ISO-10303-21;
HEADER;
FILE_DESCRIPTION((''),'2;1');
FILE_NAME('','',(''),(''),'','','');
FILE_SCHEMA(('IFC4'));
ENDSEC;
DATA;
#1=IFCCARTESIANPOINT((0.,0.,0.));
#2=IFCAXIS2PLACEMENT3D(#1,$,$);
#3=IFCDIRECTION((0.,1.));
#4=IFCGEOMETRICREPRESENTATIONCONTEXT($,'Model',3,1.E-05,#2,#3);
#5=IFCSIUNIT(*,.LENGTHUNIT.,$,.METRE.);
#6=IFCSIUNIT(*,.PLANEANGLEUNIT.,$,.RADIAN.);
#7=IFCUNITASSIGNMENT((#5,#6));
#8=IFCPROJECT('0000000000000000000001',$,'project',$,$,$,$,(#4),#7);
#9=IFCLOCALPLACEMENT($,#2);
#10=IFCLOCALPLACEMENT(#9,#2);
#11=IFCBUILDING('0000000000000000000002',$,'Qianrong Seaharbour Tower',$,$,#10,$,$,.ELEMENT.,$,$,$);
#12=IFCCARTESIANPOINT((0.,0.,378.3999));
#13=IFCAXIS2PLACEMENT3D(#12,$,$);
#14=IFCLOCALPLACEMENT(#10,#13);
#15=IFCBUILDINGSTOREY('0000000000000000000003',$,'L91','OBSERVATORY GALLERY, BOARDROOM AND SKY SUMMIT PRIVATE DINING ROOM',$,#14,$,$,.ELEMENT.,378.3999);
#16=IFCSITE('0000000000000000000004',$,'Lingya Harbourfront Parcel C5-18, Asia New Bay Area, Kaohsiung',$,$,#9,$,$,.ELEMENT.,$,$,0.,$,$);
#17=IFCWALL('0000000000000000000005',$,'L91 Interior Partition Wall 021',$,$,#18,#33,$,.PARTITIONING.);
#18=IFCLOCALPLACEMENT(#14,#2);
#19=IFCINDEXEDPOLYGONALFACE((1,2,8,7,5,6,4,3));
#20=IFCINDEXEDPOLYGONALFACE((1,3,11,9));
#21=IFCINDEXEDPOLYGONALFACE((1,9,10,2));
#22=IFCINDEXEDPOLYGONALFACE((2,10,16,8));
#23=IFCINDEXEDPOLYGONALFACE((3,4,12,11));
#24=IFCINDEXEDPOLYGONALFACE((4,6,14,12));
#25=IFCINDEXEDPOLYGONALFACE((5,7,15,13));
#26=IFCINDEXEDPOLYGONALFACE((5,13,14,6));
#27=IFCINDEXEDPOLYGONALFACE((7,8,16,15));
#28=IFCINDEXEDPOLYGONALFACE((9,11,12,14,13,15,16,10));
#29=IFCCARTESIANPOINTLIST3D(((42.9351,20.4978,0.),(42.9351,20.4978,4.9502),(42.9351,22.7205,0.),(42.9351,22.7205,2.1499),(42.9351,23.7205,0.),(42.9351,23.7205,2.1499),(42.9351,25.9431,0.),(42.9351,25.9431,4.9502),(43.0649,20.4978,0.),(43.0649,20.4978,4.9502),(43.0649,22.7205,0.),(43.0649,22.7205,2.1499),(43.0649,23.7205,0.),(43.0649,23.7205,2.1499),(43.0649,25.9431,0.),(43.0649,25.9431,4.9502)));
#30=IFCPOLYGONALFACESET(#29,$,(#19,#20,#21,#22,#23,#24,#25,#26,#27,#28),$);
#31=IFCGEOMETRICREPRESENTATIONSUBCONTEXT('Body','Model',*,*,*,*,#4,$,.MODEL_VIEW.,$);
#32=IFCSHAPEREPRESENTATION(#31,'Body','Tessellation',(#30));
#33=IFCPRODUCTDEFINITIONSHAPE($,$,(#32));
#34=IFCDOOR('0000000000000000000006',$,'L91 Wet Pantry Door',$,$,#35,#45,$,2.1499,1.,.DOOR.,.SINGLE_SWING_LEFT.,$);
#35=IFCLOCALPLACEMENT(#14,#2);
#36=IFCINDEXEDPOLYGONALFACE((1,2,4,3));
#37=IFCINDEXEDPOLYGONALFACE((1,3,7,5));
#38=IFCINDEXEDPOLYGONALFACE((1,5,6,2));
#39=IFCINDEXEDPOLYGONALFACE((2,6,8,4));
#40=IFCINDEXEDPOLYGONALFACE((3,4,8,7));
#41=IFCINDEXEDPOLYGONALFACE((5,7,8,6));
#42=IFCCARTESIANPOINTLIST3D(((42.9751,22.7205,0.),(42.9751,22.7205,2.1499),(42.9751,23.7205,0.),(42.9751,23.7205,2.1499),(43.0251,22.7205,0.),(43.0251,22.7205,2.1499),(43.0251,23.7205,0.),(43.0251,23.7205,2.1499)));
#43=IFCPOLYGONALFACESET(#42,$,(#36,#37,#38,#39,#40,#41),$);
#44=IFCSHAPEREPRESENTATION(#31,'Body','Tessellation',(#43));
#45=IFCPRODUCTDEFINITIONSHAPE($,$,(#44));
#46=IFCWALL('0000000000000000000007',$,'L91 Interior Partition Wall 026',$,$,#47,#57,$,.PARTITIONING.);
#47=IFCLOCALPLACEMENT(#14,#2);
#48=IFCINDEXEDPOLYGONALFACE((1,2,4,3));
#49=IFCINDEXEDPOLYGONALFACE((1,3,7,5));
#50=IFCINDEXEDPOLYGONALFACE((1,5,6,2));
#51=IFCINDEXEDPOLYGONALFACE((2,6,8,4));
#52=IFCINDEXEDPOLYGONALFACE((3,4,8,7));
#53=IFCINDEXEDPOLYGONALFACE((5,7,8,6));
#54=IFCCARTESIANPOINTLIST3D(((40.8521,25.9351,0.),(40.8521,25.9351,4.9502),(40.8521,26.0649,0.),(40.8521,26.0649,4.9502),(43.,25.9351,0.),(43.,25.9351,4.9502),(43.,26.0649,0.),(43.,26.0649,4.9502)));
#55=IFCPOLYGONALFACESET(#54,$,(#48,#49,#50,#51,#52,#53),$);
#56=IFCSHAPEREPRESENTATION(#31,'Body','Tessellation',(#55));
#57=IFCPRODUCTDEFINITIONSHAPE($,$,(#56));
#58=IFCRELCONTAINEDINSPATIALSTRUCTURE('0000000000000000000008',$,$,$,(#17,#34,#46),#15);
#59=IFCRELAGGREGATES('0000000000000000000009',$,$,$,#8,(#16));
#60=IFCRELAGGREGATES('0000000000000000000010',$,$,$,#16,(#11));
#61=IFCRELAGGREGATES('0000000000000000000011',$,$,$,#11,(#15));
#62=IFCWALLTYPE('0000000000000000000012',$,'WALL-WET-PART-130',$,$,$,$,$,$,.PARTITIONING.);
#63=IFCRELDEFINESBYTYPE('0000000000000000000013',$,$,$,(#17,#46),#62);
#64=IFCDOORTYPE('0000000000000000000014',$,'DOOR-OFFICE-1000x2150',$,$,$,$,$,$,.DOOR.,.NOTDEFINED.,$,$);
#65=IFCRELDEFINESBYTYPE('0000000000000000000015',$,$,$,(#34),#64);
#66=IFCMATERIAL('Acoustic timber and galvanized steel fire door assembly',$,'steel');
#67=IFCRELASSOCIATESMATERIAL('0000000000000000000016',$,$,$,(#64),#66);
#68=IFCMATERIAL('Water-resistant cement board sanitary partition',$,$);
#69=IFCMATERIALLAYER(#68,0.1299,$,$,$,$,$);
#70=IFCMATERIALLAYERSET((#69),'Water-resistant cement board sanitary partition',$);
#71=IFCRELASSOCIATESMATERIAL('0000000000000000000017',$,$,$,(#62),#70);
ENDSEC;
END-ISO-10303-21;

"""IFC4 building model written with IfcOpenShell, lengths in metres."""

from ifc_helpers import new_model, si_unit, direction, frame, frame_2d, origin, place, context, subcontext, project, spatial, rectangle, extrude, material, layer, layer_set, type_object, element, fill, save


model = new_model("IFC4")

# Units and contexts
model_context = context("Model", 3, precision=1e-05, world=origin(), true_north=direction((0.0, 1.0)))
body_context = subcontext(model_context, "Body", "Model", "MODEL_VIEW")
ifc_project = project(units=[si_unit("LENGTHUNIT", "METRE"), si_unit("PLANEANGLEUNIT", "RADIAN")], contexts=[model_context])

# Site, building, storey
site_placement = place(None, origin())
site = spatial("IfcSite", under=ifc_project, at=site_placement, Name="Lingya Harbourfront Parcel C5-18, Asia New Bay Area, Kaohsiung", CompositionType="ELEMENT", RefElevation=0.0)
building_placement = place(site_placement, origin())
building = spatial("IfcBuilding", under=site, at=building_placement, Name="Qianrong Seaharbour Tower", CompositionType="ELEMENT")
storey_placement = place(building_placement, frame((0.0, 0.0, 378.3999)))
storey = spatial("IfcBuildingStorey", under=building, at=storey_placement, Name="L91", Description="OBSERVATORY GALLERY, BOARDROOM AND SKY SUMMIT PRIVATE DINING ROOM", CompositionType="ELEMENT", Elevation=378.3999)

# Shared definitions
ifc_material_1 = material(Name="Acoustic timber and galvanized steel fire door assembly", Category="steel")
door_type_1 = type_object("IfcDoorType", Name="DOOR-OFFICE-1000x2150", OperationType="NOTDEFINED", PredefinedType="DOOR", material=ifc_material_1)

# Wall, opening, door
ifc_material_2 = material(Name="Water-resistant cement board sanitary partition")
ifc_layer_1 = layer(ifc_material_2, 0.1299)
ifc_layer_set_1 = layer_set([ifc_layer_1], Name="Water-resistant cement board sanitary partition")
wall_type_1 = type_object("IfcWallType", Name="WALL-WET-PART-130", PredefinedType="PARTITIONING", material=ifc_layer_set_1)
wall_1_placement = place(storey_placement, frame((43.0, 20.4978, 0.0), z_axis=(0.0, 0.0, 1.0), x_axis=(0.0, 1.0, 0.0)))
wall_1 = element("IfcWall", 1, at=wall_1_placement, inside=storey, type_object=wall_type_1, Name="L91 Interior Partition Wall 021", PredefinedType="PARTITIONING", context=body_context, shape_type="SweptSolid", body=[
    extrude(rectangle(XDim=5.4453, YDim=0.1299, at=frame_2d((2.7227, 0.0))), origin(), (0.0, 0.0, 1.0), 4.9502),
])
opening_1_placement = place(wall_1_placement, frame((2.2227, 0.0, 0.0)))
opening_1 = element("IfcOpeningElement", 2, at=opening_1_placement, cuts=wall_1, PredefinedType="OPENING", context=body_context, shape_type="SweptSolid", body=[
    extrude(rectangle(XDim=1.0, YDim=2.1499, at=frame_2d((0.5, 1.075))), frame((0.0, 0.075, 0.0), z_axis=(0.0, -1.0, 0.0), x_axis=(1.0, 0.0, 0.0)), (0.0, 0.0, 1.0), 0.1499),
])
door_1_placement = place(opening_1_placement, origin())
door_1 = element("IfcDoor", 3, at=door_1_placement, inside=storey, type_object=door_type_1, Name="L91 Wet Pantry Door", OperationType="SINGLE_SWING_LEFT", OverallHeight=2.1499, OverallWidth=1.0, PredefinedType="DOOR", context=body_context, shape_type="SweptSolid", body=[
    extrude(rectangle(XDim=1.0, YDim=2.1499, at=frame_2d((0.5, 1.075))), frame((0.0, 0.0249, 0.0), z_axis=(0.0, -1.0, 0.0), x_axis=(1.0, 0.0, 0.0)), (0.0, 0.0, 1.0), 0.05),
])
fill(opening_1, door_1)

# Wall
wall_2_placement = place(storey_placement, frame((40.8521, 26.0, 0.0), z_axis=(0.0, 0.0, 1.0), x_axis=(1.0, 0.0, 0.0)))
element("IfcWall", 4, at=wall_2_placement, inside=storey, type_object=wall_type_1, Name="L91 Interior Partition Wall 026", PredefinedType="PARTITIONING", context=body_context, shape_type="SweptSolid", body=[
    extrude(rectangle(XDim=2.1479, YDim=0.1299, at=frame_2d((1.074, 0.0))), origin(), (0.0, 0.0, 1.0), 4.9502),
])

save(model, "model.ifc")
